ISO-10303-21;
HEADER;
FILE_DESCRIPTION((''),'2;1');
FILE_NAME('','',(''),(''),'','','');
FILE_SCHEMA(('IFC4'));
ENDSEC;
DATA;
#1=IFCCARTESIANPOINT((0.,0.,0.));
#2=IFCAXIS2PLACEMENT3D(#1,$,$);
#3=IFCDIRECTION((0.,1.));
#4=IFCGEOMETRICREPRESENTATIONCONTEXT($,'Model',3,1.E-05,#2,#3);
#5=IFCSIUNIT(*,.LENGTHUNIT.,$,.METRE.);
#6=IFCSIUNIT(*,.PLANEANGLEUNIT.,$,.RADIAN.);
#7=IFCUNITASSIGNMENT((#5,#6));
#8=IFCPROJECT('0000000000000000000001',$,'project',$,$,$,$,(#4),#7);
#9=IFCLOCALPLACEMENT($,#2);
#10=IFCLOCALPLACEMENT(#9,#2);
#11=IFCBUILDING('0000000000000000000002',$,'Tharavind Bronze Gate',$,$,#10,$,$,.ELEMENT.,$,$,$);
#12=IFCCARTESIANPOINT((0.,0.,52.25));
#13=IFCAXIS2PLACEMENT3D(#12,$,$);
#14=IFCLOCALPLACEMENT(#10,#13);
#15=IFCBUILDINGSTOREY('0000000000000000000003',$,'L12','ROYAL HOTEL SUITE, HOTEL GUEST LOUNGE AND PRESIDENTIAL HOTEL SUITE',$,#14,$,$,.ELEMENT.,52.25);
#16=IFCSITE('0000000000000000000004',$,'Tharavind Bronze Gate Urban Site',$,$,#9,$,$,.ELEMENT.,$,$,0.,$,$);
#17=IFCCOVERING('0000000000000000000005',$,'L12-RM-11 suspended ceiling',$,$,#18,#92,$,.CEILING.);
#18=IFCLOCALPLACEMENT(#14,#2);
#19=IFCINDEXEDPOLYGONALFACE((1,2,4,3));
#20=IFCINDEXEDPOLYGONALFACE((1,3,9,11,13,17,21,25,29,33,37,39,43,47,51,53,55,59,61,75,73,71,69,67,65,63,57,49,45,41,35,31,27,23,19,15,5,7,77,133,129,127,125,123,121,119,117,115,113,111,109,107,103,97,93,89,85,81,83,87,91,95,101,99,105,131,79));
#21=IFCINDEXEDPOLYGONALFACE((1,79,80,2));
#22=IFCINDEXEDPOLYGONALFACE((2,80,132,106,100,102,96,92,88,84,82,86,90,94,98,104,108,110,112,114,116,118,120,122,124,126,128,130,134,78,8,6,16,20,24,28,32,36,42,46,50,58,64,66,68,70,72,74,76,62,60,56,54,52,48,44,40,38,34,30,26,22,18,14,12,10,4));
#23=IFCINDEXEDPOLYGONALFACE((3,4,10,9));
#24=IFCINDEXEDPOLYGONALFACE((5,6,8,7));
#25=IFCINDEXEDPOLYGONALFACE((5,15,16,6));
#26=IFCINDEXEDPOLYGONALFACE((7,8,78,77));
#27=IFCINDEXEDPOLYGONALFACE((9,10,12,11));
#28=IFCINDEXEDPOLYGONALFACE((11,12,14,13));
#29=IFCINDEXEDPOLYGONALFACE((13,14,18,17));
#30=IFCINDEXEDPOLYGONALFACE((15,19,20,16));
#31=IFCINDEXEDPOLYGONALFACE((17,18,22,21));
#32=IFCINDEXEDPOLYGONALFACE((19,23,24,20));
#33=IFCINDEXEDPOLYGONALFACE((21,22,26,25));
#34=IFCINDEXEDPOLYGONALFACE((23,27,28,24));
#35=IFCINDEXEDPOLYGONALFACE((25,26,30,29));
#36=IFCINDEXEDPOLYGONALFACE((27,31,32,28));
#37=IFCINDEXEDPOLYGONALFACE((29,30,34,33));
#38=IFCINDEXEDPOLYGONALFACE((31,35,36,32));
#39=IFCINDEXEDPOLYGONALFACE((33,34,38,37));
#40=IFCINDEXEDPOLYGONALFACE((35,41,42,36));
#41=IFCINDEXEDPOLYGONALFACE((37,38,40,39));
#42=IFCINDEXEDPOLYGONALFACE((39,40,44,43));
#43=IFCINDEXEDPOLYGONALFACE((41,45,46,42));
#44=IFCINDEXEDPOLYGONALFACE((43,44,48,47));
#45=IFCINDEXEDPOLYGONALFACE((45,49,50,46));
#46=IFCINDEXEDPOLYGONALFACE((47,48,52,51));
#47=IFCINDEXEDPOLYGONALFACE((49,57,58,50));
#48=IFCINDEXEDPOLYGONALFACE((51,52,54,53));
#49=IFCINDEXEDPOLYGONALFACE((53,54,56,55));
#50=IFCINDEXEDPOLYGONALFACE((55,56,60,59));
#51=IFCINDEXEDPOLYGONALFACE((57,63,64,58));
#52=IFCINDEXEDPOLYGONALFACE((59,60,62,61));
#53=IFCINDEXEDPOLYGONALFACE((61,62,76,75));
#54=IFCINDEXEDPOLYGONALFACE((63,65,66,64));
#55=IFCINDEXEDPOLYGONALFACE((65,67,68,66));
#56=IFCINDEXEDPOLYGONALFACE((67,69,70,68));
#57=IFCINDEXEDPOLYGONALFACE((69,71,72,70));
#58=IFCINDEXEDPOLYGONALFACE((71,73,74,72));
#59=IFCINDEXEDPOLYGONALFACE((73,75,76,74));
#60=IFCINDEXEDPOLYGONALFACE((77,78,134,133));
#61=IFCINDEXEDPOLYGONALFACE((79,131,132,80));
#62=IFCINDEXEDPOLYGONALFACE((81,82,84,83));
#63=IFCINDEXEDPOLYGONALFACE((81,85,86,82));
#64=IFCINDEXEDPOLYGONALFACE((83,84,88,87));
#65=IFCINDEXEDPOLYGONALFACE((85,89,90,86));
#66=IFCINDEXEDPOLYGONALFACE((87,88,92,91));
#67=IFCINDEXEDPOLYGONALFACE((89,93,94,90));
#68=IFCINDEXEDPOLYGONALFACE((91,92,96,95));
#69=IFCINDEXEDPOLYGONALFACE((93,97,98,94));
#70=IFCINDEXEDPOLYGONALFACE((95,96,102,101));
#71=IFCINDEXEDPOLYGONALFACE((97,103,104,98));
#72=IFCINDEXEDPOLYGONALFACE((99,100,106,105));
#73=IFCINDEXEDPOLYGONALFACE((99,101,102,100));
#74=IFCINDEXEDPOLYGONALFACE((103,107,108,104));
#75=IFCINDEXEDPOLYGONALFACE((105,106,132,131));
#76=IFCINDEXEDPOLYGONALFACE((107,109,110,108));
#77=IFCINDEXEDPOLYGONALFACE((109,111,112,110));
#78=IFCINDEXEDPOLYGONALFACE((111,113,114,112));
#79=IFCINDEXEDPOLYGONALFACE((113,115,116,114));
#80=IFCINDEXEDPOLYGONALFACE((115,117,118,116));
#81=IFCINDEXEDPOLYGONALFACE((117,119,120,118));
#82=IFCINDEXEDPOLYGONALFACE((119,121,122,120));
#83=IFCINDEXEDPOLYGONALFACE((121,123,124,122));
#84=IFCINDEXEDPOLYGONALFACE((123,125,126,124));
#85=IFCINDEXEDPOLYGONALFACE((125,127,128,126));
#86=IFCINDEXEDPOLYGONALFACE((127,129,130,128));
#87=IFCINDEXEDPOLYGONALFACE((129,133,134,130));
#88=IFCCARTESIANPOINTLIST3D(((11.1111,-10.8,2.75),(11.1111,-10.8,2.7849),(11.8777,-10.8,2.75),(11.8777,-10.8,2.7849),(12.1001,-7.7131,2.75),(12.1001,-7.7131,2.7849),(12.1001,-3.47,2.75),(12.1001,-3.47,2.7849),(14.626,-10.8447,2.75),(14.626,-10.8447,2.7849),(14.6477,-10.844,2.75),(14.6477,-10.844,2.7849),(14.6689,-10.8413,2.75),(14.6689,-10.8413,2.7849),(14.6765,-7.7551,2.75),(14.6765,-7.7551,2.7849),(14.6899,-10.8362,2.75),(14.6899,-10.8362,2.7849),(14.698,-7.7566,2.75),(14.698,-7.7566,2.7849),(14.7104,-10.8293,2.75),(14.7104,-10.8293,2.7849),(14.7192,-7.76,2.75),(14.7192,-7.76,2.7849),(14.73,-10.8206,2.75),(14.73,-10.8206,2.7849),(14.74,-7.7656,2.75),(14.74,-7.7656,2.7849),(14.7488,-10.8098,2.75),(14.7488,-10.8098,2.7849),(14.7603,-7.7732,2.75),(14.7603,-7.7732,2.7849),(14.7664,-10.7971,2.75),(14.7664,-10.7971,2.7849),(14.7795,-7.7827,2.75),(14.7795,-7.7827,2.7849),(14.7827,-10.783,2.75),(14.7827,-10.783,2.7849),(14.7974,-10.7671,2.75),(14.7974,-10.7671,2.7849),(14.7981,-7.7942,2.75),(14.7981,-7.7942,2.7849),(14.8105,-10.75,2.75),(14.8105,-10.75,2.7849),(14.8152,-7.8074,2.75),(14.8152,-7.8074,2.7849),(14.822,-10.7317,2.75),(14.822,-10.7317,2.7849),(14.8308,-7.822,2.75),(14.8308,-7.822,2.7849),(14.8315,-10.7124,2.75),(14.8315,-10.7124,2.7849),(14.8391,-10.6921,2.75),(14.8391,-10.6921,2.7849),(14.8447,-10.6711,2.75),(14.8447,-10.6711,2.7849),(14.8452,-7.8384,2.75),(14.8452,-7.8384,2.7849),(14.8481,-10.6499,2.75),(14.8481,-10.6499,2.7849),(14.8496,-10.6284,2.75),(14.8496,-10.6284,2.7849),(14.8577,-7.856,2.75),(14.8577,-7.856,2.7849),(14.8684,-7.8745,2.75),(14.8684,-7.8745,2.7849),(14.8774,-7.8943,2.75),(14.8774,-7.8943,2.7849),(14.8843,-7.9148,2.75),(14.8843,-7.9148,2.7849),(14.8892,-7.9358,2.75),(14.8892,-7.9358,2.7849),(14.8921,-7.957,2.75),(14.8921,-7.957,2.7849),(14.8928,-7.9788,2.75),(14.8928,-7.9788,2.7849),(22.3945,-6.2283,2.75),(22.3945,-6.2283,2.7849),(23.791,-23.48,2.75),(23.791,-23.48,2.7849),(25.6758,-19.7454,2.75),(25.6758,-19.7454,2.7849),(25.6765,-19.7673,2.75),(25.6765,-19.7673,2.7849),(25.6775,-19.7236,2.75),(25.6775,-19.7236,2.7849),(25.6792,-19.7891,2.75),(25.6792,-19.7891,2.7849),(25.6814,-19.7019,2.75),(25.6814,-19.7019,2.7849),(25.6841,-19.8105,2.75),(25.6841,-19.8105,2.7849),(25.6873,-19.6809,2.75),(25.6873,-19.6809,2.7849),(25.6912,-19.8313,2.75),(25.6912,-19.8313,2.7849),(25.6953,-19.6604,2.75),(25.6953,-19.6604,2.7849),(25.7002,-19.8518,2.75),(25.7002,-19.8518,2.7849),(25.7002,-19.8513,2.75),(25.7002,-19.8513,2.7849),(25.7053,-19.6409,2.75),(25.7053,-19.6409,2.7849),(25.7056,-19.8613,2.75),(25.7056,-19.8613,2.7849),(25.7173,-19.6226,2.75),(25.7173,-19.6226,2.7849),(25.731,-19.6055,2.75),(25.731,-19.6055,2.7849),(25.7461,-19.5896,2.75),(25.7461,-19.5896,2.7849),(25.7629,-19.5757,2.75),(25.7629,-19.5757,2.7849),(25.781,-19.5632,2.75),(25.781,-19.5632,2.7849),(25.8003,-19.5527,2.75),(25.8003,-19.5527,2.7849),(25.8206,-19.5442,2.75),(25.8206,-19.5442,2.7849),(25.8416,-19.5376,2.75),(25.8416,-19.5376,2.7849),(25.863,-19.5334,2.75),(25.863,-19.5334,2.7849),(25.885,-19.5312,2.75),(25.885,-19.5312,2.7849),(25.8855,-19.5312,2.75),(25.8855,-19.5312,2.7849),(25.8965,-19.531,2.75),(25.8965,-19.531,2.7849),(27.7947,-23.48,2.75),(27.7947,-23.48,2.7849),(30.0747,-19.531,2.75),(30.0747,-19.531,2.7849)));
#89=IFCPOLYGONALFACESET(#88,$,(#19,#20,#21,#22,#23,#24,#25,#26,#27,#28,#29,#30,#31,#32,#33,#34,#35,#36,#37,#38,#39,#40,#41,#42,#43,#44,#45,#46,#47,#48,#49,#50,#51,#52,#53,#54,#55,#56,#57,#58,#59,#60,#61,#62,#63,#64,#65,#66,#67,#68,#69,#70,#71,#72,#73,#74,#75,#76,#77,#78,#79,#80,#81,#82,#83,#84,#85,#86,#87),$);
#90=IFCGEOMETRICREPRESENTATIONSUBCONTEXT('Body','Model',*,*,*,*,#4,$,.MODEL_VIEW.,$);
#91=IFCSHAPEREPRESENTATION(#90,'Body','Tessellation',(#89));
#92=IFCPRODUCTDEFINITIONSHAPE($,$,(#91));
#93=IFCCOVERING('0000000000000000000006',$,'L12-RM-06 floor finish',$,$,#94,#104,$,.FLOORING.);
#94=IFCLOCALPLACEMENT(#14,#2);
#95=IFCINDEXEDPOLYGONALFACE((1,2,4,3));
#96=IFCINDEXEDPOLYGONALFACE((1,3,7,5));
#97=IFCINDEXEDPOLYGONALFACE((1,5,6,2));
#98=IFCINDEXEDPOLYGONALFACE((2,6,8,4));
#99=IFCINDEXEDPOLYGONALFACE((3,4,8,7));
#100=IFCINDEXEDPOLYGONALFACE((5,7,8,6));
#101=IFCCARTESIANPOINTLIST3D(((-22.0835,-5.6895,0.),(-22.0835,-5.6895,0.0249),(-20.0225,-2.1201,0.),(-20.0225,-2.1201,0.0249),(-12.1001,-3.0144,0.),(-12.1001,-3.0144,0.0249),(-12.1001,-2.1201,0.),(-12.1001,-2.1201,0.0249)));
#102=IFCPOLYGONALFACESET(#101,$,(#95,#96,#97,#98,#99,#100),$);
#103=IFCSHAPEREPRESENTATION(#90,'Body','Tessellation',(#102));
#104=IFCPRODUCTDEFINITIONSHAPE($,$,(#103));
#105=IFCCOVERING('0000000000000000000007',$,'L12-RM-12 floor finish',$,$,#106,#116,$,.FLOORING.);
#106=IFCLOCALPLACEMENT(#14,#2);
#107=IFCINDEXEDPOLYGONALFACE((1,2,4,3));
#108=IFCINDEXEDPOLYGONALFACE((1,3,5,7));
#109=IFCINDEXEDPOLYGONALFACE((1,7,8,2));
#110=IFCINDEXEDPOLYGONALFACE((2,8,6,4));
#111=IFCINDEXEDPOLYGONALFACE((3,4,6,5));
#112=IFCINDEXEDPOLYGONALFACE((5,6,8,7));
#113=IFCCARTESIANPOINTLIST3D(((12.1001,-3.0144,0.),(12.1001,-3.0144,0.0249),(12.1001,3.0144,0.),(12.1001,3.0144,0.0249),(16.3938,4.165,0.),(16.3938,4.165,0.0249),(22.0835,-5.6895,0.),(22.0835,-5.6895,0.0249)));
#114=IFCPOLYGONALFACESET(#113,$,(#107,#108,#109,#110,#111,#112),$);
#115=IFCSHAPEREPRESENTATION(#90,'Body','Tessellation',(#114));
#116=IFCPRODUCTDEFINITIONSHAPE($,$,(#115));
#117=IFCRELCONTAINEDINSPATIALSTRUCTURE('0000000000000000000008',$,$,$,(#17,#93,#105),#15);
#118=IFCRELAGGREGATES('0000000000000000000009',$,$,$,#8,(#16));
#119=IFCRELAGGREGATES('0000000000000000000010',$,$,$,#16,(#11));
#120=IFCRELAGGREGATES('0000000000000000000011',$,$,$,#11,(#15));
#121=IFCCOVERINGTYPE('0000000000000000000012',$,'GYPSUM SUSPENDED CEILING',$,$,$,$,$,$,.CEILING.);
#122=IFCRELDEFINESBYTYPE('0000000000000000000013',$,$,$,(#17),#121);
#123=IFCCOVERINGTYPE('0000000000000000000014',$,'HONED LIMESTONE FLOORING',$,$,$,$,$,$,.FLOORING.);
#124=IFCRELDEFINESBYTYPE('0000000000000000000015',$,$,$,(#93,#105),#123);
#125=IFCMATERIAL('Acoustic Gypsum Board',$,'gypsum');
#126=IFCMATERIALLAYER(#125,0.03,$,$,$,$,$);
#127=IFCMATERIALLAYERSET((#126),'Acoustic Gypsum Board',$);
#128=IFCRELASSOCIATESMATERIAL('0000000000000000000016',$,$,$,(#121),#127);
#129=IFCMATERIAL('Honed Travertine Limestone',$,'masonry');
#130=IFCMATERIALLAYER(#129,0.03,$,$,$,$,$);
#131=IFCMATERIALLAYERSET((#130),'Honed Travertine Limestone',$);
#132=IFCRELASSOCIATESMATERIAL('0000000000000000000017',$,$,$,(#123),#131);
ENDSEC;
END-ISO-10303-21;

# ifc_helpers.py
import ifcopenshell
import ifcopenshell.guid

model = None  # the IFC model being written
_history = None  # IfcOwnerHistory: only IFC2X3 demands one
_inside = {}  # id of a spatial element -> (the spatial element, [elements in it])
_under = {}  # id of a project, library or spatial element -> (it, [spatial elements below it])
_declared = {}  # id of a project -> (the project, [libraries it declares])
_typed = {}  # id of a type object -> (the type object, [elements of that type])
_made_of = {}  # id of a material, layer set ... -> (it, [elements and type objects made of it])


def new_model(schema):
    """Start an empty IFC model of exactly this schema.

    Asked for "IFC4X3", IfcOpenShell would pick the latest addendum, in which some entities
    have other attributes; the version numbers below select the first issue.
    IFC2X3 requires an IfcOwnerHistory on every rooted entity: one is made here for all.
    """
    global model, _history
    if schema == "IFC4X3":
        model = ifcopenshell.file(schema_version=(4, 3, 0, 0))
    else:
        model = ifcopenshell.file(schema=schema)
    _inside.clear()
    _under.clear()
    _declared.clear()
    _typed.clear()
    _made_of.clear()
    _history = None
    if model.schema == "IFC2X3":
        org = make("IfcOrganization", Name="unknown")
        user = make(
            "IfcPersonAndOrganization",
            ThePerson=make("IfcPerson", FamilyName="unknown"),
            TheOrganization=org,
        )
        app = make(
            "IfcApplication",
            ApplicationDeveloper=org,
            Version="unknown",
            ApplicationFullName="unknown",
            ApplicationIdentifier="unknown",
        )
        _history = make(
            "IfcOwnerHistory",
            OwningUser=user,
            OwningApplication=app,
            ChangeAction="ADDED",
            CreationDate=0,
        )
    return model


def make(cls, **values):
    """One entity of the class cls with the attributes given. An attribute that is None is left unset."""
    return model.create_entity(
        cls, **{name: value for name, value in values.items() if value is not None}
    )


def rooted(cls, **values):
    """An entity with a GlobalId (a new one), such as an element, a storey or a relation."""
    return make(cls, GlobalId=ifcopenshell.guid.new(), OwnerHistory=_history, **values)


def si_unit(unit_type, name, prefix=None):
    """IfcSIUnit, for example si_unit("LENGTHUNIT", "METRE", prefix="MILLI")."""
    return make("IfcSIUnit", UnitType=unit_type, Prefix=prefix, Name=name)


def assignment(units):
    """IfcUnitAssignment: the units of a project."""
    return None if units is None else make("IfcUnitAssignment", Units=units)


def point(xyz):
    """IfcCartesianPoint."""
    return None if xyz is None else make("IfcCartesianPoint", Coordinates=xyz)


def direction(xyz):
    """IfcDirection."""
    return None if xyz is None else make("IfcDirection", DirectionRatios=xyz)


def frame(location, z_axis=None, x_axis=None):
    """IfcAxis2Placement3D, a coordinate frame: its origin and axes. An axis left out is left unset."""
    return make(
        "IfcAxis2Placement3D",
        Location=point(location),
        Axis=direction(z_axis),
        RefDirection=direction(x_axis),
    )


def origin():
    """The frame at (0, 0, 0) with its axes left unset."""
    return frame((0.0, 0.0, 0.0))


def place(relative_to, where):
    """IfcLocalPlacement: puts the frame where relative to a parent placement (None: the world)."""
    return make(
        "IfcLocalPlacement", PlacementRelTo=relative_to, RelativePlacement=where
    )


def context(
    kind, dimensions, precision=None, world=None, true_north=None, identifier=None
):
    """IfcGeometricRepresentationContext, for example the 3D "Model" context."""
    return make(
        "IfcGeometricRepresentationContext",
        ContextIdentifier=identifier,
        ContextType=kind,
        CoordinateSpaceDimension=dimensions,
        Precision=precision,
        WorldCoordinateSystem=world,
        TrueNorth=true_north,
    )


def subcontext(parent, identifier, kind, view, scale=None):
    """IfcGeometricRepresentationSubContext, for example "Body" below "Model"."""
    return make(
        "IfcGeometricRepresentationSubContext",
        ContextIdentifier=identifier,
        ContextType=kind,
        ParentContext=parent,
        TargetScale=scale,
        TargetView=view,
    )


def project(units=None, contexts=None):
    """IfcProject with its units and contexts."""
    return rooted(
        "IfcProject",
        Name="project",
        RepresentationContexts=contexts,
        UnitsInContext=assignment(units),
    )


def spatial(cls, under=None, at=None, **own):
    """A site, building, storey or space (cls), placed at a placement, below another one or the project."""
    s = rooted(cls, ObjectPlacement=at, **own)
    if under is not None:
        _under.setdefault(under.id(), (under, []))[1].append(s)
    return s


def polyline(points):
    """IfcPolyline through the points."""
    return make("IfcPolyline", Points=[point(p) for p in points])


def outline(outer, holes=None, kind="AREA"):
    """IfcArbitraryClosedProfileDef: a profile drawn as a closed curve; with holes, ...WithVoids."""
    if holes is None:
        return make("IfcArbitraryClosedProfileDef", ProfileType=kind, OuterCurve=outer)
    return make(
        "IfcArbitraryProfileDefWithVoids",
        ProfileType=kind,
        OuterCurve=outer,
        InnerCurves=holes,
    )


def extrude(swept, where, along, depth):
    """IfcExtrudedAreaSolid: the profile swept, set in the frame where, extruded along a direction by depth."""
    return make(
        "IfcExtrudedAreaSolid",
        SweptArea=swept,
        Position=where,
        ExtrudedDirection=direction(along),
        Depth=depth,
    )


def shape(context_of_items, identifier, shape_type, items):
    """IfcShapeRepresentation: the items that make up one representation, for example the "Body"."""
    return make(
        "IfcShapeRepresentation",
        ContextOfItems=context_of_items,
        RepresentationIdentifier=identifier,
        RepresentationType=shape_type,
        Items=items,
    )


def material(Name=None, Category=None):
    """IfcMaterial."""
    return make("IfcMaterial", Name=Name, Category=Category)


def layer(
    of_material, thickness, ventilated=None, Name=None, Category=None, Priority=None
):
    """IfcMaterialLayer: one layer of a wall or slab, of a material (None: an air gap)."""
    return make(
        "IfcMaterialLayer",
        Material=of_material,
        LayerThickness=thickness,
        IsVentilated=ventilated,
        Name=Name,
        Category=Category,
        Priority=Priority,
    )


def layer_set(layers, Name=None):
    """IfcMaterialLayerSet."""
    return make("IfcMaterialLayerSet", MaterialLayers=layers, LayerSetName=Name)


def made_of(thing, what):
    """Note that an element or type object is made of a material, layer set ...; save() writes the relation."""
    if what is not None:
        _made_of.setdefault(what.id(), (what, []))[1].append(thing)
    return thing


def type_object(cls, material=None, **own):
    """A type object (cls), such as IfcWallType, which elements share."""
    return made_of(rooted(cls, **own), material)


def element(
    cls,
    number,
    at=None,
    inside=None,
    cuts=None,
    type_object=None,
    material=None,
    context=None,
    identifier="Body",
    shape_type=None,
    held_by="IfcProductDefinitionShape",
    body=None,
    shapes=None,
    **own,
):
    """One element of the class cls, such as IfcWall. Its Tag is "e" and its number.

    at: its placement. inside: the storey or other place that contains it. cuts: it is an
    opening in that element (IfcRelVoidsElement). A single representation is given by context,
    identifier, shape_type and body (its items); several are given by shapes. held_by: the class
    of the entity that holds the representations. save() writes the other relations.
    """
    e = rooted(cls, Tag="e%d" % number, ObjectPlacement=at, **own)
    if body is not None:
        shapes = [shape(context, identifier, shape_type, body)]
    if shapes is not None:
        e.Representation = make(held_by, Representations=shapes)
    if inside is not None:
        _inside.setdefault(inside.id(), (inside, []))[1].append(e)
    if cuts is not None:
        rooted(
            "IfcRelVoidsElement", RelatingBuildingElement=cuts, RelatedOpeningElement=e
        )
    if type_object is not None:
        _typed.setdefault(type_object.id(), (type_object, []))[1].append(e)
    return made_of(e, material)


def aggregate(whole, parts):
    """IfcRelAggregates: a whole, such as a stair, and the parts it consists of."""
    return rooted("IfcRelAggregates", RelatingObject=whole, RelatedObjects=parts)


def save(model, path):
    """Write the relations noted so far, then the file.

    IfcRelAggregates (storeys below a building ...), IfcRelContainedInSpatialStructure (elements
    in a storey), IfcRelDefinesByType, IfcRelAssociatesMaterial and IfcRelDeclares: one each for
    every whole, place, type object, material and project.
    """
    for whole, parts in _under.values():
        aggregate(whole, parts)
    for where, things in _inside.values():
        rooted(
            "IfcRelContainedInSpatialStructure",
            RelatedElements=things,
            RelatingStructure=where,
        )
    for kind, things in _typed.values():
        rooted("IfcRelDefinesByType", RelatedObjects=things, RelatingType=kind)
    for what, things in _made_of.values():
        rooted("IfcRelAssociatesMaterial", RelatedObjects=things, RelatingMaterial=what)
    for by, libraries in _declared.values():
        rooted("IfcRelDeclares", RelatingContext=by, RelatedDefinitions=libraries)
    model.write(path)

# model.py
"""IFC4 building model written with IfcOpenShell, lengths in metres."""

from ifc_helpers import new_model, si_unit, direction, frame, origin, place, context, subcontext, project, spatial, polyline, outline, extrude, material, layer, layer_set, type_object, element, save


model = new_model("IFC4")

# Units and contexts
model_context = context("Model", 3, precision=1e-05, world=origin(), true_north=direction((0.0, 1.0)))
body_context = subcontext(model_context, "Body", "Model", "MODEL_VIEW")
ifc_project = project(units=[si_unit("LENGTHUNIT", "METRE"), si_unit("PLANEANGLEUNIT", "RADIAN")], contexts=[model_context])

# Site, building, storey
site_placement = place(None, origin())
site = spatial("IfcSite", under=ifc_project, at=site_placement, Name="Tharavind Bronze Gate Urban Site", CompositionType="ELEMENT", RefElevation=0.0)
building_placement = place(site_placement, origin())
building = spatial("IfcBuilding", under=site, at=building_placement, Name="Tharavind Bronze Gate", CompositionType="ELEMENT")
storey_placement = place(building_placement, frame((0.0, 0.0, 52.25)))
storey = spatial("IfcBuildingStorey", under=building, at=storey_placement, Name="L12", Description="ROYAL HOTEL SUITE, HOTEL GUEST LOUNGE AND PRESIDENTIAL HOTEL SUITE", CompositionType="ELEMENT", Elevation=52.25)

# Coverings
ifc_material_1 = material(Name="Acoustic Gypsum Board", Category="gypsum")
ifc_layer_1 = layer(ifc_material_1, 0.03)
ifc_layer_set_1 = layer_set([ifc_layer_1], Name="Acoustic Gypsum Board")
covering_type_1 = type_object("IfcCoveringType", Name="GYPSUM SUSPENDED CEILING", PredefinedType="CEILING", material=ifc_layer_set_1)
covering_1_placement = place(storey_placement, frame((0.0, 0.0, 2.75)))
element("IfcCovering", 1, at=covering_1_placement, inside=storey, type_object=covering_type_1, Name="L12-RM-11 suspended ceiling", PredefinedType="CEILING", context=body_context, shape_type="SweptSolid", body=[
    extrude(outline(polyline([(23.791, -23.48), (27.7947, -23.48), (25.7056, -19.8613), (25.7002, -19.8518), (25.7002, -19.8513), (25.6912, -19.8313), (25.6841, -19.8105), (25.6792, -19.7891), (25.6765, -19.7673), (25.6758, -19.7454), (25.6775, -19.7236), (25.6814, -19.7019), (25.6873, -19.6809), (25.6953, -19.6604), (25.7053, -19.6409), (25.7173, -19.6226), (25.731, -19.6055), (25.7461, -19.5896), (25.7629, -19.5757), (25.781, -19.5632), (25.8003, -19.5527), (25.8206, -19.5442), (25.8416, -19.5376), (25.863, -19.5334), (25.885, -19.5312), (25.8855, -19.5312), (25.8965, -19.531), (30.0747, -19.531), (22.3945, -6.2283), (12.1001, -3.47), (12.1001, -7.7131), (14.6765, -7.7551), (14.698, -7.7566), (14.7192, -7.76), (14.74, -7.7656), (14.7603, -7.7732), (14.7795, -7.7827), (14.7981, -7.7942), (14.8152, -7.8074), (14.8308, -7.822), (14.8452, -7.8384), (14.8577, -7.856), (14.8684, -7.8745), (14.8774, -7.8943), (14.8843, -7.9148), (14.8892, -7.9358), (14.8921, -7.957), (14.8928, -7.9788), (14.8496, -10.6284), (14.8481, -10.6499), (14.8447, -10.6711), (14.8391, -10.6921), (14.8315, -10.7124), (14.822, -10.7317), (14.8105, -10.75), (14.7974, -10.7671), (14.7827, -10.783), (14.7664, -10.7971), (14.7488, -10.8098), (14.73, -10.8206), (14.7104, -10.8293), (14.6899, -10.8362), (14.6689, -10.8413), (14.6477, -10.844), (14.626, -10.8447), (11.8777, -10.8), (11.1111, -10.8), (23.791, -23.48)])), origin(), (0.0, 0.0, 1.0), 0.0349),
])
ifc_material_2 = material(Name="Honed Travertine Limestone", Category="masonry")
ifc_layer_2 = layer(ifc_material_2, 0.03)
ifc_layer_set_2 = layer_set([ifc_layer_2], Name="Honed Travertine Limestone")
covering_type_2 = type_object("IfcCoveringType", Name="HONED LIMESTONE FLOORING", PredefinedType="FLOORING", material=ifc_layer_set_2)
covering_2_placement = place(storey_placement, origin())
element("IfcCovering", 2, at=covering_2_placement, inside=storey, type_object=covering_type_2, Name="L12-RM-06 floor finish", PredefinedType="FLOORING", context=body_context, shape_type="SweptSolid", body=[
    extrude(outline(polyline([(-12.1001, -3.0144), (-12.1001, -2.1201), (-20.0225, -2.1201), (-22.0835, -5.6895), (-12.1001, -3.0144)])), origin(), (0.0, 0.0, 1.0), 0.0249),
])
covering_3_placement = place(storey_placement, origin())
element("IfcCovering", 3, at=covering_3_placement, inside=storey, type_object=covering_type_2, Name="L12-RM-12 floor finish", PredefinedType="FLOORING", context=body_context, shape_type="SweptSolid", body=[
    extrude(outline(polyline([(22.0835, -5.6895), (16.3938, 4.165), (12.1001, 3.0144), (12.1001, -3.0144), (22.0835, -5.6895)])), origin(), (0.0, 0.0, 1.0), 0.0249),
])

save(model, "model.ifc")
